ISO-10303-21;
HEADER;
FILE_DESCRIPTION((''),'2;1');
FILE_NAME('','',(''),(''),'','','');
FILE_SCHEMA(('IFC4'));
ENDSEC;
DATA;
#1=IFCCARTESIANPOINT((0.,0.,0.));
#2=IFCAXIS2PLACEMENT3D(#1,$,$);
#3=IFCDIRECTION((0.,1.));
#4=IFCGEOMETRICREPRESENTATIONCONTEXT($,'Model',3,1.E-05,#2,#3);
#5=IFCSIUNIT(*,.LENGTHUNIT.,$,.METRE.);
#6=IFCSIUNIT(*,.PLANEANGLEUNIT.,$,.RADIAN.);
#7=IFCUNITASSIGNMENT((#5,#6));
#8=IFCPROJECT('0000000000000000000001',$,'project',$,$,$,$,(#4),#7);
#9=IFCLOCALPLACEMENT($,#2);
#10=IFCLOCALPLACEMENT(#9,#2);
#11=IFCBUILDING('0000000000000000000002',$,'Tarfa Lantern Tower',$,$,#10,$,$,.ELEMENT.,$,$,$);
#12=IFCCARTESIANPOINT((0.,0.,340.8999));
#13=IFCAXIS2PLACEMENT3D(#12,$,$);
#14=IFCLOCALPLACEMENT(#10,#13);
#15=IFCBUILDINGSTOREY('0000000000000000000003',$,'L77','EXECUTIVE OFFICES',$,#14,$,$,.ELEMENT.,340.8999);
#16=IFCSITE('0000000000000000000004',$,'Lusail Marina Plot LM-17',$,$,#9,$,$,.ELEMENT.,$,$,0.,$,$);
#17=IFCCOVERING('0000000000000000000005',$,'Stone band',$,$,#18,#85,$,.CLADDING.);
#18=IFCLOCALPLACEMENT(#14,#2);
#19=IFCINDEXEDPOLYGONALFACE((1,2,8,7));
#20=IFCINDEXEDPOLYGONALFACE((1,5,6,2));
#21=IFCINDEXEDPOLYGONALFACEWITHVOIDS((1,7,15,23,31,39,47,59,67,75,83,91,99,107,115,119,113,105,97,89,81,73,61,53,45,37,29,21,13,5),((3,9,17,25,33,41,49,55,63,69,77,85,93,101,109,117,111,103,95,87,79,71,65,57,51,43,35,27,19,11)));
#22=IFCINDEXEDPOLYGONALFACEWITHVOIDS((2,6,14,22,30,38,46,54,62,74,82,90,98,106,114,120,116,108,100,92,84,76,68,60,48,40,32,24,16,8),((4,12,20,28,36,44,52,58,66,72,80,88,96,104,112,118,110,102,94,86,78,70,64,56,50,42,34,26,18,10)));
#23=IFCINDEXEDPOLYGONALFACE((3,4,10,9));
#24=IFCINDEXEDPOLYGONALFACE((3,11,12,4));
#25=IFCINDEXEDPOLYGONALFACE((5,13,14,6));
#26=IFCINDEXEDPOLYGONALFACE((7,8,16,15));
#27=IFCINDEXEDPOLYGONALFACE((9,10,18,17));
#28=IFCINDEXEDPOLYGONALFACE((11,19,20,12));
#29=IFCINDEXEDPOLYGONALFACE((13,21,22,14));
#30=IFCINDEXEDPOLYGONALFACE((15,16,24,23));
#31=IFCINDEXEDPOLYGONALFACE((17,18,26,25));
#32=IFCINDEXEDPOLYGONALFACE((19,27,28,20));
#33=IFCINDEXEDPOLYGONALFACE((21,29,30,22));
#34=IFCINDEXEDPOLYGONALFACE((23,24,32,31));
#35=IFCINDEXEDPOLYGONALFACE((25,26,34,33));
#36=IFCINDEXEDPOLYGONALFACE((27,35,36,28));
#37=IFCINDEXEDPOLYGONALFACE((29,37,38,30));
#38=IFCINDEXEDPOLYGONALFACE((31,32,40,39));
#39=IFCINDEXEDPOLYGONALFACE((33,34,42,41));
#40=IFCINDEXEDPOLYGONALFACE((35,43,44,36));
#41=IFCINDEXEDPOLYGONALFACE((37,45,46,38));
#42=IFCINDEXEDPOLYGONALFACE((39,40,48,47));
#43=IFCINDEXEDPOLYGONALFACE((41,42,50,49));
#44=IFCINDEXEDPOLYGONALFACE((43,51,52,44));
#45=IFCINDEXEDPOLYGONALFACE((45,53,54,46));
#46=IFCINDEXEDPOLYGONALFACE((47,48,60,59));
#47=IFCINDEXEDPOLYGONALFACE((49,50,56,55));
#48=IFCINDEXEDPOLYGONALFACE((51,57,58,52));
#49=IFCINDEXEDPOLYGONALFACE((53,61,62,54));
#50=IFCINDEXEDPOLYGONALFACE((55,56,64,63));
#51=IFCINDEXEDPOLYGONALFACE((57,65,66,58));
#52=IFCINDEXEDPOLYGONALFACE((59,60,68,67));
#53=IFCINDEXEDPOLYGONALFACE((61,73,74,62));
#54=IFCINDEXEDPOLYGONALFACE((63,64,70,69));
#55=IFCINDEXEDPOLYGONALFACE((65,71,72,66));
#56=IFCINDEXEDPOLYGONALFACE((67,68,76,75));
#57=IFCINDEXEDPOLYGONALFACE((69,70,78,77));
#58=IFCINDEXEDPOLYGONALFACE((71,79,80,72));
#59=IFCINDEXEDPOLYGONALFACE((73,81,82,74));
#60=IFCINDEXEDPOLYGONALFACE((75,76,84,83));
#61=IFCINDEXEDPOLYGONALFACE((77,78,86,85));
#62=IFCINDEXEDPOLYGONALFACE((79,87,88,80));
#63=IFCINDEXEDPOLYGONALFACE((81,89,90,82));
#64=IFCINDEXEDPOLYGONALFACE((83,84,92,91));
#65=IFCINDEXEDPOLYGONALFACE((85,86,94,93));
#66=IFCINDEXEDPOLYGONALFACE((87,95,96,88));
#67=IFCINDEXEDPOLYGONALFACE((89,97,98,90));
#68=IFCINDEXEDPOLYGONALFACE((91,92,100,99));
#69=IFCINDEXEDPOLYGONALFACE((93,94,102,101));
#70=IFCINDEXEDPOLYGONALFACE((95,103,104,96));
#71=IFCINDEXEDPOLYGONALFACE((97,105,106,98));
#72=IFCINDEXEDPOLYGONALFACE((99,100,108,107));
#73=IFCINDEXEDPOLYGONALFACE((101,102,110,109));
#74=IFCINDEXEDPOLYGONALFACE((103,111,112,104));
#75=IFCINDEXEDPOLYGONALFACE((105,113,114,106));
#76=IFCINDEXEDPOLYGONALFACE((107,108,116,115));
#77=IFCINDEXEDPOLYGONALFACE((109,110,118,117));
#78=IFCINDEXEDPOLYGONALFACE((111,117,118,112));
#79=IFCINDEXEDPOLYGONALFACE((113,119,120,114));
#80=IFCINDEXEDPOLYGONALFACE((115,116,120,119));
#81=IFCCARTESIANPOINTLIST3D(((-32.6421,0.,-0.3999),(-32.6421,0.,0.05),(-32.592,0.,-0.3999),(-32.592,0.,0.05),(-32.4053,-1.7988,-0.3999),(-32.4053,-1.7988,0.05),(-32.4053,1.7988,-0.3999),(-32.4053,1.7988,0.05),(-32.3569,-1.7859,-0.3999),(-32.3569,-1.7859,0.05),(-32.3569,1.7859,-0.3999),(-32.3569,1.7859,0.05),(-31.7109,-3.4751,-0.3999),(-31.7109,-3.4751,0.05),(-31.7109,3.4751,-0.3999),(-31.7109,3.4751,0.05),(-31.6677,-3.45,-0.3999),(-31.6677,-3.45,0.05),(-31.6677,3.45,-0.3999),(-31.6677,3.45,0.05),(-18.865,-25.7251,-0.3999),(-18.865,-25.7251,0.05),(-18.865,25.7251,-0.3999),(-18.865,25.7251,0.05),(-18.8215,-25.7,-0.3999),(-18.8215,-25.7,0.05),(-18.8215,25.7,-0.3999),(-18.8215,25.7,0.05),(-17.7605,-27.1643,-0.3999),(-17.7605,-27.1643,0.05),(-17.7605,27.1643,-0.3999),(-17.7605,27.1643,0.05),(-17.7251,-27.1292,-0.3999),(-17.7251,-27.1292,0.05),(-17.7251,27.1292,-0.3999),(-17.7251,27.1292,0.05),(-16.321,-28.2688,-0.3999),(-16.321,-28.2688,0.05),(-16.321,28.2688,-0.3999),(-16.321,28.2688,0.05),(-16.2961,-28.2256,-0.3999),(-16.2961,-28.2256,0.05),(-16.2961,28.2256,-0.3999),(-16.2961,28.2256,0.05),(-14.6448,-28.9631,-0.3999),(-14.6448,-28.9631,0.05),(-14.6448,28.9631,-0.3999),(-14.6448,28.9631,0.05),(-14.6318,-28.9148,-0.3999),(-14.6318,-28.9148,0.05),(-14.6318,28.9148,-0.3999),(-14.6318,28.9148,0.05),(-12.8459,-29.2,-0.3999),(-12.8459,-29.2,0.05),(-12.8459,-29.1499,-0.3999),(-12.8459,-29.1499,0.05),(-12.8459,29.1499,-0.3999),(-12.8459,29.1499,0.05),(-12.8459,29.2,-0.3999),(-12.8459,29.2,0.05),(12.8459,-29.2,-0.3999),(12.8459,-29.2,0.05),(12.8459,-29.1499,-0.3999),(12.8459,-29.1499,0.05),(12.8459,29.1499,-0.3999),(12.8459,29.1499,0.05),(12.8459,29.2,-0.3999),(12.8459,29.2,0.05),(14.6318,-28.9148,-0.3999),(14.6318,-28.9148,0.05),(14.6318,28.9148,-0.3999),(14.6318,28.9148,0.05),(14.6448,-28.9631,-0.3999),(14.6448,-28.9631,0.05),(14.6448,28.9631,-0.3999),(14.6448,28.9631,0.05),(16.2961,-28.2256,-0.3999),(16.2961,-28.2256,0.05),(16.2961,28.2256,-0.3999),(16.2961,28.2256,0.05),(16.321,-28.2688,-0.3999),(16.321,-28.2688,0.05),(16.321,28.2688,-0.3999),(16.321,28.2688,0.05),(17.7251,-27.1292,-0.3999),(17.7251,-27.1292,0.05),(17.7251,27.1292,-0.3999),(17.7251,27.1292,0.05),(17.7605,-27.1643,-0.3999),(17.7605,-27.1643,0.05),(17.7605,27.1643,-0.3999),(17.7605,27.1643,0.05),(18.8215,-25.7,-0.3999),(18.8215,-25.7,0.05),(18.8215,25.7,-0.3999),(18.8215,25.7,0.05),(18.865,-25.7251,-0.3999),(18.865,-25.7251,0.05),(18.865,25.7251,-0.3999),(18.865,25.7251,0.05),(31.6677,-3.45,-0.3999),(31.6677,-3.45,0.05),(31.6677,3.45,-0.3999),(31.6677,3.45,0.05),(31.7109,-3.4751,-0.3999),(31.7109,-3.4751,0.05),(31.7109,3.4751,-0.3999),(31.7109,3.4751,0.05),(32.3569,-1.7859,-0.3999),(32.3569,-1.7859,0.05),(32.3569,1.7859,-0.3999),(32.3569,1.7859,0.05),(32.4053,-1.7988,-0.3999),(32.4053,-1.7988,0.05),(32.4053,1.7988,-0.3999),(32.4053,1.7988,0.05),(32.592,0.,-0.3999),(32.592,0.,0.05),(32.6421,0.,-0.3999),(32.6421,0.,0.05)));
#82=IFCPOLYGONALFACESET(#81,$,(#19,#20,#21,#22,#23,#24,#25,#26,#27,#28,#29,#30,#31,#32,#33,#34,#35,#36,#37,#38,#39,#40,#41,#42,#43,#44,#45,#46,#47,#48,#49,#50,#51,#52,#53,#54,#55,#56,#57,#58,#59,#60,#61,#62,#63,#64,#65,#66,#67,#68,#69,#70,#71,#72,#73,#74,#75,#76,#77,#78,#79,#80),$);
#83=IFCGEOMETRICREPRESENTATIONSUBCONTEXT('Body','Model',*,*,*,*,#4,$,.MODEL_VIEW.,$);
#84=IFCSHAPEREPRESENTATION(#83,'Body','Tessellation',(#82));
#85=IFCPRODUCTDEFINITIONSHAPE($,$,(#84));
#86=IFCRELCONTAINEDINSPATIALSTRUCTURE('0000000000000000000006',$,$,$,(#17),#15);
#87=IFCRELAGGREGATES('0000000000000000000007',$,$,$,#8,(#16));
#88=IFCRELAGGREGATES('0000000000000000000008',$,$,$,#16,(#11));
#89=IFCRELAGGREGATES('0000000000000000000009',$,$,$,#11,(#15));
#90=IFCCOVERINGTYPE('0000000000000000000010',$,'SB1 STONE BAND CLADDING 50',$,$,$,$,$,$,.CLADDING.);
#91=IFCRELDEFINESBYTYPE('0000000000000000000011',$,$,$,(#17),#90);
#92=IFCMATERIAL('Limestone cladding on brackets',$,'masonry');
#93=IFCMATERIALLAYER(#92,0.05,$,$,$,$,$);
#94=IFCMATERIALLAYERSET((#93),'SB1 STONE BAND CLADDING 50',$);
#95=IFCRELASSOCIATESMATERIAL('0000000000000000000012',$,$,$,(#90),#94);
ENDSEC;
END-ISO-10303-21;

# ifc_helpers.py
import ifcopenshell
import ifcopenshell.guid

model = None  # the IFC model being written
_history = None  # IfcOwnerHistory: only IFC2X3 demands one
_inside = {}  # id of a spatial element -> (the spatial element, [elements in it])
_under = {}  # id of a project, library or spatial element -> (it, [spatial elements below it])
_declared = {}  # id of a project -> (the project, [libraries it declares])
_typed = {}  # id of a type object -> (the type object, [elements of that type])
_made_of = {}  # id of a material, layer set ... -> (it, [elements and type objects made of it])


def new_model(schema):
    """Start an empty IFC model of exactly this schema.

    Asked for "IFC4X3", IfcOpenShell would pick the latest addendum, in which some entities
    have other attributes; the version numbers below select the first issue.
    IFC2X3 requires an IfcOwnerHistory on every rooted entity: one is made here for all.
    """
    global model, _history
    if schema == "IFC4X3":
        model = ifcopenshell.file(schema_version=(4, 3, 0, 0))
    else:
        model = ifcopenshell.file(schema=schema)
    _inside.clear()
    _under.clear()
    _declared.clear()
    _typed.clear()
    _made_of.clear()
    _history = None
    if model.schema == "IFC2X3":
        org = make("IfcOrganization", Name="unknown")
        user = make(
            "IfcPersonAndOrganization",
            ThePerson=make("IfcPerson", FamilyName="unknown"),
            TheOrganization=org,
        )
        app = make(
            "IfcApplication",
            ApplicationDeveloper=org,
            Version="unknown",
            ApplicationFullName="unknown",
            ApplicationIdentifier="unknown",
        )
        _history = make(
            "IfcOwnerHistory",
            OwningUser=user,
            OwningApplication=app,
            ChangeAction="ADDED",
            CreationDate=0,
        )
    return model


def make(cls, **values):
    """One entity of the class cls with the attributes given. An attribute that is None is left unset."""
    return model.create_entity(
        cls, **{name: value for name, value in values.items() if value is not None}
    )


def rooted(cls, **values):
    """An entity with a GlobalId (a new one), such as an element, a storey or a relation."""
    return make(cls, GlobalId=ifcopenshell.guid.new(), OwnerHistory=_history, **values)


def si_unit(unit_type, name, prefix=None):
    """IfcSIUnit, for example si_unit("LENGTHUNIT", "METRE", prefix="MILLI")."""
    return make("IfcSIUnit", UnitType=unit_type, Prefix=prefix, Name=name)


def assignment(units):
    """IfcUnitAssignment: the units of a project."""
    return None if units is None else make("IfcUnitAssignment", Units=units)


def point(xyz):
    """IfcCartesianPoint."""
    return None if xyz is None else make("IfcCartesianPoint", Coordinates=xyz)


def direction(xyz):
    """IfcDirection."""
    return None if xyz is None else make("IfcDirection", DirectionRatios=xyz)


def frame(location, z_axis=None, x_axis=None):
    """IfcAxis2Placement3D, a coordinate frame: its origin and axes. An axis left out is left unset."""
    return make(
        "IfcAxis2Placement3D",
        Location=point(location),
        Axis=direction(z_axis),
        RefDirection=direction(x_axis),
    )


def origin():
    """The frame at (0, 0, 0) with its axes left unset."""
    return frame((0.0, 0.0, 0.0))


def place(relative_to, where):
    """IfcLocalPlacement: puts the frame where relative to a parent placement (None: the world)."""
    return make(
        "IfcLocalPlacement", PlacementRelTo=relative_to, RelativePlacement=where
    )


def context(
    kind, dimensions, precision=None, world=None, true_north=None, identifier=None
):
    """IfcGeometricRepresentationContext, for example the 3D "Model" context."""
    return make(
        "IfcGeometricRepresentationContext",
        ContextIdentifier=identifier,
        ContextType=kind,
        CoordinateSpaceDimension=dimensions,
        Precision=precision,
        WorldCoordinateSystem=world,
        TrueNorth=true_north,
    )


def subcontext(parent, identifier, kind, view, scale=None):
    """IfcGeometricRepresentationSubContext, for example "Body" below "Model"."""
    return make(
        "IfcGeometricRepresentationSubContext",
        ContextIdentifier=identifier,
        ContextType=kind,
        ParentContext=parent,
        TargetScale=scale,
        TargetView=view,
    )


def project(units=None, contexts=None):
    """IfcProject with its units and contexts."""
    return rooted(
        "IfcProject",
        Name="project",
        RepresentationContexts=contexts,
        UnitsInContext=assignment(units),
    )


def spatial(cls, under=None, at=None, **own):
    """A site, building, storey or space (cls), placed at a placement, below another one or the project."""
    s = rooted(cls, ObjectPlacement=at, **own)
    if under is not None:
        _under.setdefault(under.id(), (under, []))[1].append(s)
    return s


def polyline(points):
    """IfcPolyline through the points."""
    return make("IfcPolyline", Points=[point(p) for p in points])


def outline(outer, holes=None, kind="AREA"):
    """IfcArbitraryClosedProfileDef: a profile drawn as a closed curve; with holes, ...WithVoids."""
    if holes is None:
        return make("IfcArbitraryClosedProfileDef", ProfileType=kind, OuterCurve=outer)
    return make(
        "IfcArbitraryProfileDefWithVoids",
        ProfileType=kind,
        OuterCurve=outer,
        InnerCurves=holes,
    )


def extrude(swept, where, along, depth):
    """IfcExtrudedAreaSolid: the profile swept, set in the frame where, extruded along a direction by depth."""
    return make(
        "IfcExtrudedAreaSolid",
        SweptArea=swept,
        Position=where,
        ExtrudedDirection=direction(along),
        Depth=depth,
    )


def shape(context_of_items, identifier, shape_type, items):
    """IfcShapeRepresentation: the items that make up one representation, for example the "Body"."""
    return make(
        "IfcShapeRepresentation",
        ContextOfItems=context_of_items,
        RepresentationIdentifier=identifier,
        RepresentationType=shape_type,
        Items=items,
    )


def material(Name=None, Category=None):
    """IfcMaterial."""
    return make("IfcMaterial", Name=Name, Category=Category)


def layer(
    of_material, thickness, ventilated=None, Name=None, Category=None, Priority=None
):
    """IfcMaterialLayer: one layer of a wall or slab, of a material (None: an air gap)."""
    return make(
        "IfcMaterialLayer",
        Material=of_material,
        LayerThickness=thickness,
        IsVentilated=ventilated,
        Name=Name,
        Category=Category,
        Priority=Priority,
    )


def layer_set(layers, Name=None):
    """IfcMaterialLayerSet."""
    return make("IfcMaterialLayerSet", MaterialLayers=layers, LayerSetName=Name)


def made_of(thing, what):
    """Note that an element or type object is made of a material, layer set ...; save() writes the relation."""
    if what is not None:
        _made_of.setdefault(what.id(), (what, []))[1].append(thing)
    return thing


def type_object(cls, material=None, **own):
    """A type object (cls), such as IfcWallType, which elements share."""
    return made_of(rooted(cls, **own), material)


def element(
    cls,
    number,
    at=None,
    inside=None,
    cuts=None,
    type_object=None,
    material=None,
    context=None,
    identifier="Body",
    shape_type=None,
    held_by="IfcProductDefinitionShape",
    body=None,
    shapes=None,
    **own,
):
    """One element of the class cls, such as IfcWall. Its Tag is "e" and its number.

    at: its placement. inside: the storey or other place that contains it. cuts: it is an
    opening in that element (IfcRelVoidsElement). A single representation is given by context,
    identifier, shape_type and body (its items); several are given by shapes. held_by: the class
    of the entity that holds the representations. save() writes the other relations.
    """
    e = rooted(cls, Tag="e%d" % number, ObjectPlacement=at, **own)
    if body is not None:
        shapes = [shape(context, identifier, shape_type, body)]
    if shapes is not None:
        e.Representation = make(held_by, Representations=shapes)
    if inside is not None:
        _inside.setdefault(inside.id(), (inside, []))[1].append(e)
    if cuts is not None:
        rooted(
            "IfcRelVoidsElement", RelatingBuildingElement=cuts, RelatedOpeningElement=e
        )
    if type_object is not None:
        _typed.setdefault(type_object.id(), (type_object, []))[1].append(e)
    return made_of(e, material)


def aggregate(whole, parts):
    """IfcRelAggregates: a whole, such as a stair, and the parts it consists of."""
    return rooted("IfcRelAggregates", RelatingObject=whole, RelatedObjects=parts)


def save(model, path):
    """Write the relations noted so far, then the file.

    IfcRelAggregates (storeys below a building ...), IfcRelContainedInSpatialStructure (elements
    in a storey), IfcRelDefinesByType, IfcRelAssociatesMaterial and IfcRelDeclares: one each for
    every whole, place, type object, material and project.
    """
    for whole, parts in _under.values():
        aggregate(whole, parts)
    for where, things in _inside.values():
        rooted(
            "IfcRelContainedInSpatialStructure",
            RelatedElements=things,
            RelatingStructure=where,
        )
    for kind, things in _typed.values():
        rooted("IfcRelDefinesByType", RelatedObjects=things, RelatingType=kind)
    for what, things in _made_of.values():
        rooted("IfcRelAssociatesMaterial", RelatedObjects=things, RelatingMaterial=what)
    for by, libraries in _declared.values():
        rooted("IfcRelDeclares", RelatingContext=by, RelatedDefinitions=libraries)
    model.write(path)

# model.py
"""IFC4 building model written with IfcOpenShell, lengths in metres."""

from ifc_helpers import new_model, si_unit, direction, frame, origin, place, context, subcontext, project, spatial, polyline, outline, extrude, material, layer, layer_set, type_object, element, save


model = new_model("IFC4")

# Units and contexts
model_context = context("Model", 3, precision=1e-05, world=origin(), true_north=direction((0.0, 1.0)))
body_context = subcontext(model_context, "Body", "Model", "MODEL_VIEW")
ifc_project = project(units=[si_unit("LENGTHUNIT", "METRE"), si_unit("PLANEANGLEUNIT", "RADIAN")], contexts=[model_context])

# Site, building, storey
site_placement = place(None, origin())
site = spatial("IfcSite", under=ifc_project, at=site_placement, Name="Lusail Marina Plot LM-17", CompositionType="ELEMENT", RefElevation=0.0)
building_placement = place(site_placement, origin())
building = spatial("IfcBuilding", under=site, at=building_placement, Name="Tarfa Lantern Tower", CompositionType="ELEMENT")
storey_placement = place(building_placement, frame((0.0, 0.0, 340.8999)))
storey = spatial("IfcBuildingStorey", under=building, at=storey_placement, Name="L77", Description="EXECUTIVE OFFICES", CompositionType="ELEMENT", Elevation=340.8999)

# Covering
ifc_material_1 = material(Name="Limestone cladding on brackets", Category="masonry")
ifc_layer_1 = layer(ifc_material_1, 0.05)
ifc_layer_set_1 = layer_set([ifc_layer_1], Name="SB1 STONE BAND CLADDING 50")
covering_type_1 = type_object("IfcCoveringType", Name="SB1 STONE BAND CLADDING 50", PredefinedType="CLADDING", material=ifc_layer_set_1)
covering_1_placement = place(storey_placement, frame((0.0, 0.0, -0.3999)))
element("IfcCovering", 1, at=covering_1_placement, inside=storey, type_object=covering_type_1, Name="Stone band", PredefinedType="CLADDING", context=body_context, shape_type="SweptSolid", body=[
    extrude(outline(polyline([(31.7109, 3.4751), (18.865, 25.7251), (17.7605, 27.1643), (16.321, 28.2688), (14.6448, 28.9631), (12.8459, 29.2), (-12.8459, 29.2), (-14.6448, 28.9631), (-16.321, 28.2688), (-17.7605, 27.1643), (-18.865, 25.7251), (-31.7109, 3.4751), (-32.4053, 1.7988), (-32.6421, 0.0), (-32.4053, -1.7988), (-31.7109, -3.4751), (-18.865, -25.7251), (-17.7605, -27.1643), (-16.321, -28.2688), (-14.6448, -28.9631), (-12.8459, -29.2), (12.8459, -29.2), (14.6448, -28.9631), (16.321, -28.2688), (17.7605, -27.1643), (18.865, -25.7251), (31.7109, -3.4751), (32.4053, -1.7988), (32.6421, 0.0), (32.4053, 1.7988), (31.7109, 3.4751)]), holes=[polyline([(31.6677, 3.45), (18.8215, 25.7), (17.7251, 27.1292), (16.2961, 28.2256), (14.6318, 28.9148), (12.8459, 29.1499), (-12.8459, 29.1499), (-14.6318, 28.9148), (-16.2961, 28.2256), (-17.7251, 27.1292), (-18.8215, 25.7), (-31.6677, 3.45), (-32.3569, 1.7859), (-32.592, 0.0), (-32.3569, -1.7859), (-31.6677, -3.45), (-18.8215, -25.7), (-17.7251, -27.1292), (-16.2961, -28.2256), (-14.6318, -28.9148), (-12.8459, -29.1499), (12.8459, -29.1499), (14.6318, -28.9148), (16.2961, -28.2256), (17.7251, -27.1292), (18.8215, -25.7), (31.6677, -3.45), (32.3569, -1.7859), (32.592, 0.0), (32.3569, 1.7859), (31.6677, 3.45)])]), origin(), (0.0, 0.0, 1.0), 0.45),
])

save(model, "model.ifc")
